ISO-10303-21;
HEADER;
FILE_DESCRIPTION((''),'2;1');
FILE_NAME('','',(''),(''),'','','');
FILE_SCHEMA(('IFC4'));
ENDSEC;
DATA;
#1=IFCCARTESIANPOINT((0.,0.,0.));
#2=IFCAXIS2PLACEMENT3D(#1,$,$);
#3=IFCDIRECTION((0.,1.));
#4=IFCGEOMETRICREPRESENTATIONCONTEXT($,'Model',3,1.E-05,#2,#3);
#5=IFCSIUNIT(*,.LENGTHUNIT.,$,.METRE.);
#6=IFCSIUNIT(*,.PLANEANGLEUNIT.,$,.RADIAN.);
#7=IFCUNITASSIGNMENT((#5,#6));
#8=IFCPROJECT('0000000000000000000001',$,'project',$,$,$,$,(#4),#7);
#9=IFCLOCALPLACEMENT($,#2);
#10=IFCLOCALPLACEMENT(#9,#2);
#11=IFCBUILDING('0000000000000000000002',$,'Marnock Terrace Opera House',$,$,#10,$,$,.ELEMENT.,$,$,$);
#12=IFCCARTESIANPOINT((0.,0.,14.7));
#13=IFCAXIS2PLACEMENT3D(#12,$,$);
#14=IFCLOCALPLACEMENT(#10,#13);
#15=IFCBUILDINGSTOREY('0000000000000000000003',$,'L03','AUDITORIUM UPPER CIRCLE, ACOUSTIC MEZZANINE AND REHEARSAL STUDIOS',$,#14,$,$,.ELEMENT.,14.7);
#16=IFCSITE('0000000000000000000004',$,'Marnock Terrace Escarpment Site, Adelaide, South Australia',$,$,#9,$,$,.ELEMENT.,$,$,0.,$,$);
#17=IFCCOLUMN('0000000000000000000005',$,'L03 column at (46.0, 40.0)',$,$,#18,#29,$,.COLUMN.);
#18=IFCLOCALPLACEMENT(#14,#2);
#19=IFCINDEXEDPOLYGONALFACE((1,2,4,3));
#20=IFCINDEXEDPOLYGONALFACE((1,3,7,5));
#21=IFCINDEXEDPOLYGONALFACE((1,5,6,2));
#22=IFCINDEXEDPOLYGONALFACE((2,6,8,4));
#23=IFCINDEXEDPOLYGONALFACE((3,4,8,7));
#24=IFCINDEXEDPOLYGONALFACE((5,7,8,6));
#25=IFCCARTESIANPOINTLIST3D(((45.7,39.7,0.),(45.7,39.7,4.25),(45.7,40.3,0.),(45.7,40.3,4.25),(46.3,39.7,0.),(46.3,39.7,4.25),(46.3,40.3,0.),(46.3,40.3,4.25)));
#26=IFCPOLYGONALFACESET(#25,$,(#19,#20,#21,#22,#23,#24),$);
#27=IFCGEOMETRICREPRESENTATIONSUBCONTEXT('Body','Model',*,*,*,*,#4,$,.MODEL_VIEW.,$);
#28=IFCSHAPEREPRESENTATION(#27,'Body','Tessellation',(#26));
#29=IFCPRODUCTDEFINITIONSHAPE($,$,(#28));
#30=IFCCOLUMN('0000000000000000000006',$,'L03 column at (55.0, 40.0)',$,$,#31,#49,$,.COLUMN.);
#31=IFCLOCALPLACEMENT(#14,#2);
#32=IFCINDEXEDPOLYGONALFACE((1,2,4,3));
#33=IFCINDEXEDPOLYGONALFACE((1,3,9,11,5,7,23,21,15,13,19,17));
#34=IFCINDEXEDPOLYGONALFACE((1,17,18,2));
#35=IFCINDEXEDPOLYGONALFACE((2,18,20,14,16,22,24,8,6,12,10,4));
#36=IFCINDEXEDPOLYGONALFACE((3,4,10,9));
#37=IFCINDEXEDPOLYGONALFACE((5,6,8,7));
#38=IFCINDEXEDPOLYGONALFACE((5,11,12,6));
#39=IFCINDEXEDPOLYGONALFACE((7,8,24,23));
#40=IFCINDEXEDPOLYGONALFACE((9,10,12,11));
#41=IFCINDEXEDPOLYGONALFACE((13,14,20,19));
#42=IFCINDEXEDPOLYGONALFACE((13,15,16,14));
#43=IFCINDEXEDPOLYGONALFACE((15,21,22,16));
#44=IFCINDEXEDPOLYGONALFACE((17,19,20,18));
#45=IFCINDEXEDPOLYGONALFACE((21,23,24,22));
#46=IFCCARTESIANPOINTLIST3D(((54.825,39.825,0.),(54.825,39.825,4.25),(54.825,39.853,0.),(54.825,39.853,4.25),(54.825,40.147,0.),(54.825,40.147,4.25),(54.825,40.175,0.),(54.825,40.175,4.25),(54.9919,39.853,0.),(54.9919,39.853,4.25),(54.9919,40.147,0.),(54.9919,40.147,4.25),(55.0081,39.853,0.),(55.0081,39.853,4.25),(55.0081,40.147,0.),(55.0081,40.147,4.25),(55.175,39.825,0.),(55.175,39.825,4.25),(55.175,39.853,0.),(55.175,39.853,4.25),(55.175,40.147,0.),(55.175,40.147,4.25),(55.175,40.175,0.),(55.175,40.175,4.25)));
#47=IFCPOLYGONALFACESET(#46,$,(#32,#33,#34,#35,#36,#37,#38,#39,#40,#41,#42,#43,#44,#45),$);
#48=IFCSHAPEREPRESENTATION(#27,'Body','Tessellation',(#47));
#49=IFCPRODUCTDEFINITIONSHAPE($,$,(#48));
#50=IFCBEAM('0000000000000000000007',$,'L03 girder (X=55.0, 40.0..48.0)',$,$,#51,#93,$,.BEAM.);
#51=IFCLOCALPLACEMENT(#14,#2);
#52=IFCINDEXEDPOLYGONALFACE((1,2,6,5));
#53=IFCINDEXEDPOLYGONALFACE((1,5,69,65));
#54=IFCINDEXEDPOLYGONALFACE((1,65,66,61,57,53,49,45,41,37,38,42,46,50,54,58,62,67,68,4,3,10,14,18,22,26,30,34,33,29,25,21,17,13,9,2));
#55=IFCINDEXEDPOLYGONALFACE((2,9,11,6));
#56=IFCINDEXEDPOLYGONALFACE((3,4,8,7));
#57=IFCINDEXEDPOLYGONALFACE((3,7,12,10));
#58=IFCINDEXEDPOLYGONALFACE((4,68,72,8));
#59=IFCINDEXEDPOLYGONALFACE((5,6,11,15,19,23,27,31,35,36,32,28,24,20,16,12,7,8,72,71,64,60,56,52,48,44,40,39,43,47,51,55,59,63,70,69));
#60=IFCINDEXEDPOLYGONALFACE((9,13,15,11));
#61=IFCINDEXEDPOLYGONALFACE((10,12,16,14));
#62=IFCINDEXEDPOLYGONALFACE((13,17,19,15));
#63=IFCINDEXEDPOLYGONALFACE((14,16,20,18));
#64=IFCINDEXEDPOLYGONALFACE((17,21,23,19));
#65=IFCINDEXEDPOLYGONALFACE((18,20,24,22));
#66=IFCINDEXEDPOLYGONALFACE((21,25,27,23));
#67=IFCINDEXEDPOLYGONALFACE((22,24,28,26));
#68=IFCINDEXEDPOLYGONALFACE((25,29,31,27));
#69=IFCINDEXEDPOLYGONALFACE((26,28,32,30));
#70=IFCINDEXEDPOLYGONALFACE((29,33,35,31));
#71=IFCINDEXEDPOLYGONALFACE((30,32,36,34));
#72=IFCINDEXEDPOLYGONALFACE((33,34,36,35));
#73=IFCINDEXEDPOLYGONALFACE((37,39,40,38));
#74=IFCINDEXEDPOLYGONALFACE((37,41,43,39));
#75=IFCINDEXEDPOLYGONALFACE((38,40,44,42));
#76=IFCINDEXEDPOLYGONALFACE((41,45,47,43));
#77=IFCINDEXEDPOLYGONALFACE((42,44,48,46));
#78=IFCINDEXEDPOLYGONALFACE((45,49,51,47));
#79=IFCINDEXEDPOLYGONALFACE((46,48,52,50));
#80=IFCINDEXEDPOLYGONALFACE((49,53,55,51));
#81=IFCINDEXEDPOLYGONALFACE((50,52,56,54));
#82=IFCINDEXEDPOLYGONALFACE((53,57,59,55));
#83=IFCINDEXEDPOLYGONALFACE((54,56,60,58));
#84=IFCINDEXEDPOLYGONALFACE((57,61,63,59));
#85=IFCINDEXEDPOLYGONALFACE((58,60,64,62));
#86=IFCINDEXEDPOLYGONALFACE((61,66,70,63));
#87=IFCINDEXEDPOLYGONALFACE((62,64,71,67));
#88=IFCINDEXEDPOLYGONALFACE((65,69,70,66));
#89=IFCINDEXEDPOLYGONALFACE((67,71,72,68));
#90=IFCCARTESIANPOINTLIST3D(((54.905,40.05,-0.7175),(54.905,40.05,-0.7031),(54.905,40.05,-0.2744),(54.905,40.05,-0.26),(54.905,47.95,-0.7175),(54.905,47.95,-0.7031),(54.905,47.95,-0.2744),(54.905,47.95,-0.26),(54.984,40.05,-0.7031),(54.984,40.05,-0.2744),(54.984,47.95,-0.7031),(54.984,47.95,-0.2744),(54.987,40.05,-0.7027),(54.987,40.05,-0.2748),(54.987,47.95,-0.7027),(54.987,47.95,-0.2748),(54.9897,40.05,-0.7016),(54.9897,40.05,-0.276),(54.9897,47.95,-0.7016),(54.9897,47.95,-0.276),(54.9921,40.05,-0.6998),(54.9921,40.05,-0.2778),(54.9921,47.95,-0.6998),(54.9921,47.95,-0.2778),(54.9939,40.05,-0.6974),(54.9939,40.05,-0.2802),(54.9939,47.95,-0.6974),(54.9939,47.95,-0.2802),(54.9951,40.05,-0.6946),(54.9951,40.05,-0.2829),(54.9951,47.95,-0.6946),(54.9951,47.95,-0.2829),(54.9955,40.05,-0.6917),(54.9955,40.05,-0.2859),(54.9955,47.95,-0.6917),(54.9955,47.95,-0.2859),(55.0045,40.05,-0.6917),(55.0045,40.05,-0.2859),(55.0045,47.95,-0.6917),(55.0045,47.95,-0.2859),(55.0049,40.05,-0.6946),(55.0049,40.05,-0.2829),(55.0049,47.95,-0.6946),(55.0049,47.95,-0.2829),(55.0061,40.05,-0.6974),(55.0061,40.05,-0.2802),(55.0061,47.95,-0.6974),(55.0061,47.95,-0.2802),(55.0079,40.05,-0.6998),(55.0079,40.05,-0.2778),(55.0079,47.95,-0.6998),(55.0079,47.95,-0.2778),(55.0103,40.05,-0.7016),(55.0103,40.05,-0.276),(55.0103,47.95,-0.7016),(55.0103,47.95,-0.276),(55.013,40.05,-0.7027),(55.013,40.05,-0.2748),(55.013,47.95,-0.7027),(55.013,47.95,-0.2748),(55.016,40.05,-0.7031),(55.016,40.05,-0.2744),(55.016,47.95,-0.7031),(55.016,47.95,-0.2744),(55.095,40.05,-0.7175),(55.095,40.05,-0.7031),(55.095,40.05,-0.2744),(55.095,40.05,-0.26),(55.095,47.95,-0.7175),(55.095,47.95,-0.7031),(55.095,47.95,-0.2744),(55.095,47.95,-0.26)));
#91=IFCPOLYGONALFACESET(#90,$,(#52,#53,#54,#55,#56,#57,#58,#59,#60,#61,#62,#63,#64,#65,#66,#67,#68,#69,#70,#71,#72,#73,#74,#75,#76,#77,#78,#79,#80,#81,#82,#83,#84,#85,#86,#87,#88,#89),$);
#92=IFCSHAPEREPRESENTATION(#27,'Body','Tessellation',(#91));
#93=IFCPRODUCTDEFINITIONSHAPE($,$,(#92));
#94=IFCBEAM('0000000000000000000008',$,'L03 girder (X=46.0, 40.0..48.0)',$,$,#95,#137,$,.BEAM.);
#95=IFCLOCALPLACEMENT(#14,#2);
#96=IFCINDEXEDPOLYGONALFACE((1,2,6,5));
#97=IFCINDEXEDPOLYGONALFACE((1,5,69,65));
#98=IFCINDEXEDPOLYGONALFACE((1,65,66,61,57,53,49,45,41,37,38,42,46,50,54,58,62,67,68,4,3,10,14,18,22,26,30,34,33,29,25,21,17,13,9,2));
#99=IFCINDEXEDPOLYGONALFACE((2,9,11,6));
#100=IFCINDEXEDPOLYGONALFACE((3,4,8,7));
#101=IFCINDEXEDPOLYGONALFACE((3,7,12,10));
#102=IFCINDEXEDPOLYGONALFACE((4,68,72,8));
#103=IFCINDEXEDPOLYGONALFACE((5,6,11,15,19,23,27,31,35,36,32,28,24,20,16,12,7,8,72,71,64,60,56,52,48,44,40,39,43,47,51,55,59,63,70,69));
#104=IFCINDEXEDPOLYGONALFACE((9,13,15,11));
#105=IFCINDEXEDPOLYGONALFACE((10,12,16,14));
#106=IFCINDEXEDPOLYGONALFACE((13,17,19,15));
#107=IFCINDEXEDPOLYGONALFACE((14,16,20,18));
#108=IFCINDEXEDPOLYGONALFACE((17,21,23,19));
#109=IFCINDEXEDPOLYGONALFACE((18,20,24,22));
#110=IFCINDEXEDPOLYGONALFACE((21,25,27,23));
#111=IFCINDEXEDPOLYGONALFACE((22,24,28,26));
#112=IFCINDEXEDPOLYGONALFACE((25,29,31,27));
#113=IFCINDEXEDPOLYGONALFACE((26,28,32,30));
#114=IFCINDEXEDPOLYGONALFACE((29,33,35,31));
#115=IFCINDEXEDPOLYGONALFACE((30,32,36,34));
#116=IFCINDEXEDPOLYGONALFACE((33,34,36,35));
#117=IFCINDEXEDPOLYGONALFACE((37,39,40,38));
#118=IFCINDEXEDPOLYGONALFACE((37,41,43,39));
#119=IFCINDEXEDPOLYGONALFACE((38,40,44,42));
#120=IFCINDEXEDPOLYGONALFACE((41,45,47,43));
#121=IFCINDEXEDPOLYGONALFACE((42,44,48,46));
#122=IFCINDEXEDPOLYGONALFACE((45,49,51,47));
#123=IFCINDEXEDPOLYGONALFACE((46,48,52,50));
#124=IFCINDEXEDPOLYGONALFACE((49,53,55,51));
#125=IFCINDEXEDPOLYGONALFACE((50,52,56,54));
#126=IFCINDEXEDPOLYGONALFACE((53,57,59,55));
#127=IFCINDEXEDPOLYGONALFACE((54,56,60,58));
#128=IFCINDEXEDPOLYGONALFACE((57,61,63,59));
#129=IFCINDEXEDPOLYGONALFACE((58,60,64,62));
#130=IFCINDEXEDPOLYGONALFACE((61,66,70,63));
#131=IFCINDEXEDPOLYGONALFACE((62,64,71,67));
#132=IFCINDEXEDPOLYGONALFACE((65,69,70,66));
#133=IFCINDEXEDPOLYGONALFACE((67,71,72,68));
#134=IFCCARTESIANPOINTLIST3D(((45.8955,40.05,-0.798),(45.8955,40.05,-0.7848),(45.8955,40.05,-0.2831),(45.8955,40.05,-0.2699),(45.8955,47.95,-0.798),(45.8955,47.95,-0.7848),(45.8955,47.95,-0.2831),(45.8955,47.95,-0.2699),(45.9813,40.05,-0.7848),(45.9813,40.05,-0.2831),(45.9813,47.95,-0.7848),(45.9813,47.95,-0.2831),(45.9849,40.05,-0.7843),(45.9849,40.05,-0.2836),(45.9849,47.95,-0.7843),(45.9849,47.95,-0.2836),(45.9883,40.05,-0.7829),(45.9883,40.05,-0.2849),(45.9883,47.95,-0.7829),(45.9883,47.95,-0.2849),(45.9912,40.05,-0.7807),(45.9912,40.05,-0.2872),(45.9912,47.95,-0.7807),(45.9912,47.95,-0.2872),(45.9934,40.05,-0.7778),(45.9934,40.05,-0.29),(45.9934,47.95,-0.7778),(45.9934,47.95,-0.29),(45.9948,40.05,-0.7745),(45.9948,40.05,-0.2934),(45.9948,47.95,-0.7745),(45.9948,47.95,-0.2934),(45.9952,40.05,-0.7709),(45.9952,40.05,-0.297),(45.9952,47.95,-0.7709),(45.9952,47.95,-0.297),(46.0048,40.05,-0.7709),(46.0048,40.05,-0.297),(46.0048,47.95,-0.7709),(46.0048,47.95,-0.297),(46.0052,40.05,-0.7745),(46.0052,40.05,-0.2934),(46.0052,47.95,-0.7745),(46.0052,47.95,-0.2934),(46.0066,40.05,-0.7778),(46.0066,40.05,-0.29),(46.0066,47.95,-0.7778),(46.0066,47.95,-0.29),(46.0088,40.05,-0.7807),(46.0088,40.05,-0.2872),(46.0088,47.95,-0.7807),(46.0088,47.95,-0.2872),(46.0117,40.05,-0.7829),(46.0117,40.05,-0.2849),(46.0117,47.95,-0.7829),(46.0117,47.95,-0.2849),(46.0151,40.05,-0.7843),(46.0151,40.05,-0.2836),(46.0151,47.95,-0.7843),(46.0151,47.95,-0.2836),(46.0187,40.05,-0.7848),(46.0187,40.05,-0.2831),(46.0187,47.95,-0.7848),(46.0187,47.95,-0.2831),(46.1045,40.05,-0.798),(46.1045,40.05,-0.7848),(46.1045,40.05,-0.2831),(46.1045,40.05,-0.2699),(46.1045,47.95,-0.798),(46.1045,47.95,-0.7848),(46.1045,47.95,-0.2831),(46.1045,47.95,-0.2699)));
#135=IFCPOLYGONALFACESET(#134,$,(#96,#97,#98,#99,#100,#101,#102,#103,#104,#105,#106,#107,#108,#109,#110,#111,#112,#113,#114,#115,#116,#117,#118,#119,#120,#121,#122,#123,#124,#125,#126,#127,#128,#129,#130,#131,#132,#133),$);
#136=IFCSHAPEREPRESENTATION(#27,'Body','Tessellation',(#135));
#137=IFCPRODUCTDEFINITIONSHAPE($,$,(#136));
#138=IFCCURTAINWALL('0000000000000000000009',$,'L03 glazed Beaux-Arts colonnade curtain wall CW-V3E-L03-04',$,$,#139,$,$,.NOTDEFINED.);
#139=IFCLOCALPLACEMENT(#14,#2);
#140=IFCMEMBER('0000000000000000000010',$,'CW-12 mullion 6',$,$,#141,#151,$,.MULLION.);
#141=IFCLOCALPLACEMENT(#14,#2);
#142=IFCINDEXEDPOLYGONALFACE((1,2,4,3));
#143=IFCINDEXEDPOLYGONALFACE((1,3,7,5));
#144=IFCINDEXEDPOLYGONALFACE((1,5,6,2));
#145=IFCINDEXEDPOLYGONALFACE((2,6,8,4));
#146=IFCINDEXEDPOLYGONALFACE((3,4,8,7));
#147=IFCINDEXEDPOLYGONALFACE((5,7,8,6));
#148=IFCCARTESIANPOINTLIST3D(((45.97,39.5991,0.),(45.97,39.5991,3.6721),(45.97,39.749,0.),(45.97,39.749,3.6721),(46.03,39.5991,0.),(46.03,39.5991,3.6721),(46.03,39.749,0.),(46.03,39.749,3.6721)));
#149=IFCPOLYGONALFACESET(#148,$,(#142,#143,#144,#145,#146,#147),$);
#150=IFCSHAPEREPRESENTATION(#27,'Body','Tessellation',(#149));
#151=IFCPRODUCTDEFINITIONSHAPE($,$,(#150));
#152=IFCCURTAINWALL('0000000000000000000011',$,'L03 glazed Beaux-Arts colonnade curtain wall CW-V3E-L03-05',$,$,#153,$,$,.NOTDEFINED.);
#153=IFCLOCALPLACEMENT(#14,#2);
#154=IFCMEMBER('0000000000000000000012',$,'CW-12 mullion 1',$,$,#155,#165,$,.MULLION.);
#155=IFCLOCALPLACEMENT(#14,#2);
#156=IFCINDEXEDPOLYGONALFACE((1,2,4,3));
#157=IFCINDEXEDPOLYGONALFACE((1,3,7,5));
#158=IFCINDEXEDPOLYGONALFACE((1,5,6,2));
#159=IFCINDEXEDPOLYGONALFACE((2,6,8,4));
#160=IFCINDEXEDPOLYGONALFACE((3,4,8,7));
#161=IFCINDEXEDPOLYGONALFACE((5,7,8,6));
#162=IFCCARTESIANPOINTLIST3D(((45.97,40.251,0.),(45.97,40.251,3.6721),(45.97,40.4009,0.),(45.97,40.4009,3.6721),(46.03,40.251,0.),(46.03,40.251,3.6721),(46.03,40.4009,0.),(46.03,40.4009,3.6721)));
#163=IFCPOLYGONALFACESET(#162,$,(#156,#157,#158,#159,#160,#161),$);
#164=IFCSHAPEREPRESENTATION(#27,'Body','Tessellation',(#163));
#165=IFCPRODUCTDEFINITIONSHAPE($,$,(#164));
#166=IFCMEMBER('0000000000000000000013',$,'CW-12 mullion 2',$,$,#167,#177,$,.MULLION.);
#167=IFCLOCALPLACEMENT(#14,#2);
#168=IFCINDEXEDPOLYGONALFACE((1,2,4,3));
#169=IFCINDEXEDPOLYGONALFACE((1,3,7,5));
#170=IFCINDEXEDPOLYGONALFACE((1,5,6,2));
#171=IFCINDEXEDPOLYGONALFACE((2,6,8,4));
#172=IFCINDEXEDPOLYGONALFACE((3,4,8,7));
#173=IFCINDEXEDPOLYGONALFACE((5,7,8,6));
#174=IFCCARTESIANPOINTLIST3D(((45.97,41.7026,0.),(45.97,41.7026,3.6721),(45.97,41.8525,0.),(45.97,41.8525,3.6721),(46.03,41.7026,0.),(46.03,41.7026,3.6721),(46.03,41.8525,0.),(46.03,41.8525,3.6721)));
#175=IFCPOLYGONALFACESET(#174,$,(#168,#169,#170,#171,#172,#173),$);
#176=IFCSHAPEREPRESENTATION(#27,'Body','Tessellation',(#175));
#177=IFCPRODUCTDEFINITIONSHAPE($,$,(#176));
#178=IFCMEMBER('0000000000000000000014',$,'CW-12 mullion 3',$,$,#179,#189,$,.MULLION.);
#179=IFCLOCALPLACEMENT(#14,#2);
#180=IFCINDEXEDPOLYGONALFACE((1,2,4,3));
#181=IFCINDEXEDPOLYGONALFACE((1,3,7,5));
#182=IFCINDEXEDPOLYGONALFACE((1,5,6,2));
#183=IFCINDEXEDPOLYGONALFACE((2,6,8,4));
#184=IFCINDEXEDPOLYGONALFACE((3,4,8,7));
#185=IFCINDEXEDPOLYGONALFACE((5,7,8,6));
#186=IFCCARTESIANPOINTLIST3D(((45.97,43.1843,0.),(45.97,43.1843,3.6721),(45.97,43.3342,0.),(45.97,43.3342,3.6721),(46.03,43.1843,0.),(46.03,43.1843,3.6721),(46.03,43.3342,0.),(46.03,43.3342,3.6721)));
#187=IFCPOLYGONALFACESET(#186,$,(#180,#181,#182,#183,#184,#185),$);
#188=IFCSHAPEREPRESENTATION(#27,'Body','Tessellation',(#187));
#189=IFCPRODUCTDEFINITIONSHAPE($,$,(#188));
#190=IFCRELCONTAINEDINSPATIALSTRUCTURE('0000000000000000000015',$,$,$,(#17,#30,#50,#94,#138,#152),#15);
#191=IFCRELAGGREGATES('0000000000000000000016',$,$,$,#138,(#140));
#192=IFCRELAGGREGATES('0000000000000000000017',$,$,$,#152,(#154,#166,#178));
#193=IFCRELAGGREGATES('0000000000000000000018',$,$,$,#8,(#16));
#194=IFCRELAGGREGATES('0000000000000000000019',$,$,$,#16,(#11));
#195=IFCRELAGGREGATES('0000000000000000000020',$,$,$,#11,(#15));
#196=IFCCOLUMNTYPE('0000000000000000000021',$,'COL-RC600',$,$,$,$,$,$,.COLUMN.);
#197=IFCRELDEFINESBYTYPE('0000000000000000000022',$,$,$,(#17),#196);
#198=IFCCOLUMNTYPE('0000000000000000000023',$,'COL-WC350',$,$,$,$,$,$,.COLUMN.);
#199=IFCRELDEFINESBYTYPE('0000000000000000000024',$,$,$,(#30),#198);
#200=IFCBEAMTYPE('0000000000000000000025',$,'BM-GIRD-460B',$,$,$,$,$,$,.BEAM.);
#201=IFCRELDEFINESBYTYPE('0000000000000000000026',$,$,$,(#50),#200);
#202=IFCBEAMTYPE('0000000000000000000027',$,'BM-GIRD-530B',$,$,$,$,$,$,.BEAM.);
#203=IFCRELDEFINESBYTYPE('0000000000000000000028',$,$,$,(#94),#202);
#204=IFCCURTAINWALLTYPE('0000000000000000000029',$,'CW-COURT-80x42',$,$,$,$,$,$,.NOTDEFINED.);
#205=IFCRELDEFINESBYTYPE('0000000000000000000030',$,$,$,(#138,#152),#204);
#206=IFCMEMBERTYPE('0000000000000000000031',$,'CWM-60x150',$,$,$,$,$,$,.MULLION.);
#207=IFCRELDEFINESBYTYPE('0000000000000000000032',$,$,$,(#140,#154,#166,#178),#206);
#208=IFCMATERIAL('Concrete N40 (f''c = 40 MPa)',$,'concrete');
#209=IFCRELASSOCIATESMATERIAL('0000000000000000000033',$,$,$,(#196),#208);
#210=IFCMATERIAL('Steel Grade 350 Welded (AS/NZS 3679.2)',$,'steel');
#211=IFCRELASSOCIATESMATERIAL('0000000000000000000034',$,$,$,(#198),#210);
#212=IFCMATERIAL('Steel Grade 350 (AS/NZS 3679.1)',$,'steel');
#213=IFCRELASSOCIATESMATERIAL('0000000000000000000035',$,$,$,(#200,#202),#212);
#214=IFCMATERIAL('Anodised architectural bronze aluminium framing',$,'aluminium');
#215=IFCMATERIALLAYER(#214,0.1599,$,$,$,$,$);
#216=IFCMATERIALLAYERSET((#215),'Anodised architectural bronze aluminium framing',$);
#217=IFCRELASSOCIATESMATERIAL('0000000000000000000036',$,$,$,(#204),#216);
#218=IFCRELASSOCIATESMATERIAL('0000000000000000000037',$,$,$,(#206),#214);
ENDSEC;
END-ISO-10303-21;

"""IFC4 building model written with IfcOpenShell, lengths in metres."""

from ifc_helpers import new_model, si_unit, direction, frame, origin, origin_2d, place, context, subcontext, project, spatial, rectangle, i_section, extrude, material, layer, layer_set, material_profile, profile_set, type_object, element, aggregate, save


model = new_model("IFC4")

# Units and contexts
model_context = context("Model", 3, precision=1e-05, world=origin(), true_north=direction((0.0, 1.0)))
body_context = subcontext(model_context, "Body", "Model", "MODEL_VIEW")
ifc_project = project(units=[si_unit("LENGTHUNIT", "METRE"), si_unit("PLANEANGLEUNIT", "RADIAN")], contexts=[model_context])

# Site, building, storey
site_placement = place(None, origin())
site = spatial("IfcSite", under=ifc_project, at=site_placement, Name="Marnock Terrace Escarpment Site, Adelaide, South Australia", CompositionType="ELEMENT", RefElevation=0.0)
building_placement = place(site_placement, origin())
building = spatial("IfcBuilding", under=site, at=building_placement, Name="Marnock Terrace Opera House", CompositionType="ELEMENT")
storey_placement = place(building_placement, frame((0.0, 0.0, 14.7)))
storey = spatial("IfcBuildingStorey", under=building, at=storey_placement, Name="L03", Description="AUDITORIUM UPPER CIRCLE, ACOUSTIC MEZZANINE AND REHEARSAL STUDIOS", CompositionType="ELEMENT", Elevation=14.7)

# Columns
ifc_material_1 = material(Name="Concrete N40 (f'c = 40 MPa)", Category="concrete")
ifc_material_profile_1 = material_profile(ifc_material_1, rectangle(XDim=0.6001, YDim=0.6001, at=origin_2d()))
ifc_profile_set_1 = profile_set([ifc_material_profile_1], Name="Concrete N40 (f'c = 40 MPa)")
column_type_1 = type_object("IfcColumnType", Name="COL-RC600", PredefinedType="COLUMN", material=ifc_profile_set_1)
column_1_placement = place(storey_placement, frame((46.0, 40.0, 0.0), z_axis=(0.0, 0.0, 1.0), x_axis=(1.0, 0.0, 0.0)))
element("IfcColumn", 1, at=column_1_placement, inside=storey, type_object=column_type_1, Name="L03 column at (46.0, 40.0)", PredefinedType="COLUMN", context=body_context, shape_type="SweptSolid", body=[
    extrude(rectangle(XDim=0.6001, YDim=0.6001, at=origin_2d()), origin(), (0.0, 0.0, 1.0), 4.25),
])
ifc_material_2 = material(Name="Steel Grade 350 Welded (AS/NZS 3679.2)", Category="steel")
ifc_material_profile_2 = material_profile(ifc_material_2, i_section(OverallWidth=0.3501, OverallDepth=0.3501, WebThickness=0.0161, FlangeThickness=0.0281, at=origin_2d()))
ifc_profile_set_2 = profile_set([ifc_material_profile_2], Name="Steel Grade 350 Welded (AS/NZS 3679.2)")
column_type_2 = type_object("IfcColumnType", Name="COL-WC350", PredefinedType="COLUMN", material=ifc_profile_set_2)
column_2_placement = place(storey_placement, frame((55.0, 40.0, 0.0), z_axis=(0.0, 0.0, 1.0), x_axis=(1.0, 0.0, 0.0)))
element("IfcColumn", 2, at=column_2_placement, inside=storey, type_object=column_type_2, Name="L03 column at (55.0, 40.0)", PredefinedType="COLUMN", context=body_context, shape_type="SweptSolid", body=[
    extrude(i_section(OverallWidth=0.3501, OverallDepth=0.3501, WebThickness=0.0161, FlangeThickness=0.0281, at=origin_2d()), origin(), (0.0, 0.0, 1.0), 4.25),
])

# Beams
ifc_material_3 = material(Name="Steel Grade 350 (AS/NZS 3679.1)", Category="steel")
ifc_material_profile_3 = material_profile(ifc_material_3, i_section(OverallWidth=0.1899, OverallDepth=0.4575, WebThickness=0.009, FlangeThickness=0.0144, FilletRadius=0.0115, at=origin_2d()))
ifc_profile_set_3 = profile_set([ifc_material_profile_3], Name="Steel Grade 350 (AS/NZS 3679.1)")
beam_type_1 = type_object("IfcBeamType", Name="BM-GIRD-460B", PredefinedType="BEAM", material=ifc_profile_set_3)
beam_1_placement = place(storey_placement, frame((55.0, 40.05, -0.4888), z_axis=(0.0, 1.0, 0.0), x_axis=(-1.0, 0.0, 0.0)))
element("IfcBeam", 3, at=beam_1_placement, inside=storey, type_object=beam_type_1, Name="L03 girder (X=55.0, 40.0..48.0)", PredefinedType="BEAM", context=body_context, shape_type="SweptSolid", body=[
    extrude(i_section(OverallWidth=0.1899, OverallDepth=0.4575, WebThickness=0.009, FlangeThickness=0.0144, FilletRadius=0.0115, at=origin_2d()), origin(), (0.0, 0.0, 1.0), 7.8999),
])
ifc_material_profile_4 = material_profile(ifc_material_3, i_section(OverallWidth=0.209, OverallDepth=0.5281, WebThickness=0.0095, FlangeThickness=0.0132, FilletRadius=0.0139, at=origin_2d()))
ifc_profile_set_4 = profile_set([ifc_material_profile_4], Name="Steel Grade 350 (AS/NZS 3679.1)")
beam_type_2 = type_object("IfcBeamType", Name="BM-GIRD-530B", PredefinedType="BEAM", material=ifc_profile_set_4)
beam_2_placement = place(storey_placement, frame((46.0, 40.05, -0.5339), z_axis=(0.0, 1.0, 0.0), x_axis=(-1.0, 0.0, 0.0)))
element("IfcBeam", 4, at=beam_2_placement, inside=storey, type_object=beam_type_2, Name="L03 girder (X=46.0, 40.0..48.0)", PredefinedType="BEAM", context=body_context, shape_type="SweptSolid", body=[
    extrude(i_section(OverallWidth=0.209, OverallDepth=0.5281, WebThickness=0.0095, FlangeThickness=0.0132, FilletRadius=0.0139, at=origin_2d()), origin(), (0.0, 0.0, 1.0), 7.8999),
])

# Curtain wall, member
ifc_material_4 = material(Name="Anodised architectural bronze aluminium framing", Category="aluminium")
ifc_layer_1 = layer(ifc_material_4, 0.1599)
ifc_layer_set_1 = layer_set([ifc_layer_1], Name="Anodised architectural bronze aluminium framing")
curtain_wall_type = type_object("IfcCurtainWallType", Name="CW-COURT-80x42", PredefinedType="NOTDEFINED", material=ifc_layer_set_1)
curtain_wall_1_placement = place(storey_placement, origin())
curtain_wall_1 = element("IfcCurtainWall", 5, at=curtain_wall_1_placement, inside=storey, type_object=curtain_wall_type, Name="L03 glazed Beaux-Arts colonnade curtain wall CW-V3E-L03-04", PredefinedType="NOTDEFINED")
ifc_material_profile_5 = material_profile(ifc_material_4, rectangle(XDim=0.0601, YDim=0.1499, at=origin_2d()))
ifc_profile_set_5 = profile_set([ifc_material_profile_5], Name="Anodised architectural bronze aluminium framing")
member_type_1 = type_object("IfcMemberType", Name="CWM-60x150", PredefinedType="MULLION", material=ifc_profile_set_5)
member_1_placement = place(storey_placement, frame((46.0, 39.6741, 0.0), z_axis=(0.0, 0.0, 1.0), x_axis=(-1.0, 0.0, 0.0)))
member_1 = element("IfcMember", 6, at=member_1_placement, type_object=member_type_1, Name="CW-12 mullion 6", PredefinedType="MULLION", context=body_context, shape_type="SweptSolid", body=[
    extrude(rectangle(XDim=0.0601, YDim=0.1499, at=origin_2d()), origin(), (0.0, 0.0, 1.0), 3.6721),
])
aggregate(curtain_wall_1, [member_1])

# Curtain wall, members
curtain_wall_2_placement = place(storey_placement, origin())
curtain_wall_2 = element("IfcCurtainWall", 7, at=curtain_wall_2_placement, inside=storey, type_object=curtain_wall_type, Name="L03 glazed Beaux-Arts colonnade curtain wall CW-V3E-L03-05", PredefinedType="NOTDEFINED")
member_2_placement = place(storey_placement, frame((46.0, 40.3259, 0.0), z_axis=(0.0, 0.0, 1.0), x_axis=(-1.0, 0.0, 0.0)))
member_2 = element("IfcMember", 8, at=member_2_placement, type_object=member_type_1, Name="CW-12 mullion 1", PredefinedType="MULLION", context=body_context, shape_type="SweptSolid", body=[
    extrude(rectangle(XDim=0.0601, YDim=0.1499, at=origin_2d()), origin(), (0.0, 0.0, 1.0), 3.6721),
])
member_3_placement = place(storey_placement, frame((46.0, 41.7776, 0.0), z_axis=(0.0, 0.0, 1.0), x_axis=(-1.0, 0.0, 0.0)))
member_3 = element("IfcMember", 9, at=member_3_placement, type_object=member_type_1, Name="CW-12 mullion 2", PredefinedType="MULLION", context=body_context, shape_type="SweptSolid", body=[
    extrude(rectangle(XDim=0.0601, YDim=0.1499, at=origin_2d()), origin(), (0.0, 0.0, 1.0), 3.6721),
])
member_4_placement = place(storey_placement, frame((46.0, 43.2593, 0.0), z_axis=(0.0, 0.0, 1.0), x_axis=(-1.0, 0.0, 0.0)))
member_4 = element("IfcMember", 10, at=member_4_placement, type_object=member_type_1, Name="CW-12 mullion 3", PredefinedType="MULLION", context=body_context, shape_type="SweptSolid", body=[
    extrude(rectangle(XDim=0.0601, YDim=0.1499, at=origin_2d()), origin(), (0.0, 0.0, 1.0), 3.6721),
])
aggregate(curtain_wall_2, [member_2, member_3, member_4])

save(model, "model.ifc")
